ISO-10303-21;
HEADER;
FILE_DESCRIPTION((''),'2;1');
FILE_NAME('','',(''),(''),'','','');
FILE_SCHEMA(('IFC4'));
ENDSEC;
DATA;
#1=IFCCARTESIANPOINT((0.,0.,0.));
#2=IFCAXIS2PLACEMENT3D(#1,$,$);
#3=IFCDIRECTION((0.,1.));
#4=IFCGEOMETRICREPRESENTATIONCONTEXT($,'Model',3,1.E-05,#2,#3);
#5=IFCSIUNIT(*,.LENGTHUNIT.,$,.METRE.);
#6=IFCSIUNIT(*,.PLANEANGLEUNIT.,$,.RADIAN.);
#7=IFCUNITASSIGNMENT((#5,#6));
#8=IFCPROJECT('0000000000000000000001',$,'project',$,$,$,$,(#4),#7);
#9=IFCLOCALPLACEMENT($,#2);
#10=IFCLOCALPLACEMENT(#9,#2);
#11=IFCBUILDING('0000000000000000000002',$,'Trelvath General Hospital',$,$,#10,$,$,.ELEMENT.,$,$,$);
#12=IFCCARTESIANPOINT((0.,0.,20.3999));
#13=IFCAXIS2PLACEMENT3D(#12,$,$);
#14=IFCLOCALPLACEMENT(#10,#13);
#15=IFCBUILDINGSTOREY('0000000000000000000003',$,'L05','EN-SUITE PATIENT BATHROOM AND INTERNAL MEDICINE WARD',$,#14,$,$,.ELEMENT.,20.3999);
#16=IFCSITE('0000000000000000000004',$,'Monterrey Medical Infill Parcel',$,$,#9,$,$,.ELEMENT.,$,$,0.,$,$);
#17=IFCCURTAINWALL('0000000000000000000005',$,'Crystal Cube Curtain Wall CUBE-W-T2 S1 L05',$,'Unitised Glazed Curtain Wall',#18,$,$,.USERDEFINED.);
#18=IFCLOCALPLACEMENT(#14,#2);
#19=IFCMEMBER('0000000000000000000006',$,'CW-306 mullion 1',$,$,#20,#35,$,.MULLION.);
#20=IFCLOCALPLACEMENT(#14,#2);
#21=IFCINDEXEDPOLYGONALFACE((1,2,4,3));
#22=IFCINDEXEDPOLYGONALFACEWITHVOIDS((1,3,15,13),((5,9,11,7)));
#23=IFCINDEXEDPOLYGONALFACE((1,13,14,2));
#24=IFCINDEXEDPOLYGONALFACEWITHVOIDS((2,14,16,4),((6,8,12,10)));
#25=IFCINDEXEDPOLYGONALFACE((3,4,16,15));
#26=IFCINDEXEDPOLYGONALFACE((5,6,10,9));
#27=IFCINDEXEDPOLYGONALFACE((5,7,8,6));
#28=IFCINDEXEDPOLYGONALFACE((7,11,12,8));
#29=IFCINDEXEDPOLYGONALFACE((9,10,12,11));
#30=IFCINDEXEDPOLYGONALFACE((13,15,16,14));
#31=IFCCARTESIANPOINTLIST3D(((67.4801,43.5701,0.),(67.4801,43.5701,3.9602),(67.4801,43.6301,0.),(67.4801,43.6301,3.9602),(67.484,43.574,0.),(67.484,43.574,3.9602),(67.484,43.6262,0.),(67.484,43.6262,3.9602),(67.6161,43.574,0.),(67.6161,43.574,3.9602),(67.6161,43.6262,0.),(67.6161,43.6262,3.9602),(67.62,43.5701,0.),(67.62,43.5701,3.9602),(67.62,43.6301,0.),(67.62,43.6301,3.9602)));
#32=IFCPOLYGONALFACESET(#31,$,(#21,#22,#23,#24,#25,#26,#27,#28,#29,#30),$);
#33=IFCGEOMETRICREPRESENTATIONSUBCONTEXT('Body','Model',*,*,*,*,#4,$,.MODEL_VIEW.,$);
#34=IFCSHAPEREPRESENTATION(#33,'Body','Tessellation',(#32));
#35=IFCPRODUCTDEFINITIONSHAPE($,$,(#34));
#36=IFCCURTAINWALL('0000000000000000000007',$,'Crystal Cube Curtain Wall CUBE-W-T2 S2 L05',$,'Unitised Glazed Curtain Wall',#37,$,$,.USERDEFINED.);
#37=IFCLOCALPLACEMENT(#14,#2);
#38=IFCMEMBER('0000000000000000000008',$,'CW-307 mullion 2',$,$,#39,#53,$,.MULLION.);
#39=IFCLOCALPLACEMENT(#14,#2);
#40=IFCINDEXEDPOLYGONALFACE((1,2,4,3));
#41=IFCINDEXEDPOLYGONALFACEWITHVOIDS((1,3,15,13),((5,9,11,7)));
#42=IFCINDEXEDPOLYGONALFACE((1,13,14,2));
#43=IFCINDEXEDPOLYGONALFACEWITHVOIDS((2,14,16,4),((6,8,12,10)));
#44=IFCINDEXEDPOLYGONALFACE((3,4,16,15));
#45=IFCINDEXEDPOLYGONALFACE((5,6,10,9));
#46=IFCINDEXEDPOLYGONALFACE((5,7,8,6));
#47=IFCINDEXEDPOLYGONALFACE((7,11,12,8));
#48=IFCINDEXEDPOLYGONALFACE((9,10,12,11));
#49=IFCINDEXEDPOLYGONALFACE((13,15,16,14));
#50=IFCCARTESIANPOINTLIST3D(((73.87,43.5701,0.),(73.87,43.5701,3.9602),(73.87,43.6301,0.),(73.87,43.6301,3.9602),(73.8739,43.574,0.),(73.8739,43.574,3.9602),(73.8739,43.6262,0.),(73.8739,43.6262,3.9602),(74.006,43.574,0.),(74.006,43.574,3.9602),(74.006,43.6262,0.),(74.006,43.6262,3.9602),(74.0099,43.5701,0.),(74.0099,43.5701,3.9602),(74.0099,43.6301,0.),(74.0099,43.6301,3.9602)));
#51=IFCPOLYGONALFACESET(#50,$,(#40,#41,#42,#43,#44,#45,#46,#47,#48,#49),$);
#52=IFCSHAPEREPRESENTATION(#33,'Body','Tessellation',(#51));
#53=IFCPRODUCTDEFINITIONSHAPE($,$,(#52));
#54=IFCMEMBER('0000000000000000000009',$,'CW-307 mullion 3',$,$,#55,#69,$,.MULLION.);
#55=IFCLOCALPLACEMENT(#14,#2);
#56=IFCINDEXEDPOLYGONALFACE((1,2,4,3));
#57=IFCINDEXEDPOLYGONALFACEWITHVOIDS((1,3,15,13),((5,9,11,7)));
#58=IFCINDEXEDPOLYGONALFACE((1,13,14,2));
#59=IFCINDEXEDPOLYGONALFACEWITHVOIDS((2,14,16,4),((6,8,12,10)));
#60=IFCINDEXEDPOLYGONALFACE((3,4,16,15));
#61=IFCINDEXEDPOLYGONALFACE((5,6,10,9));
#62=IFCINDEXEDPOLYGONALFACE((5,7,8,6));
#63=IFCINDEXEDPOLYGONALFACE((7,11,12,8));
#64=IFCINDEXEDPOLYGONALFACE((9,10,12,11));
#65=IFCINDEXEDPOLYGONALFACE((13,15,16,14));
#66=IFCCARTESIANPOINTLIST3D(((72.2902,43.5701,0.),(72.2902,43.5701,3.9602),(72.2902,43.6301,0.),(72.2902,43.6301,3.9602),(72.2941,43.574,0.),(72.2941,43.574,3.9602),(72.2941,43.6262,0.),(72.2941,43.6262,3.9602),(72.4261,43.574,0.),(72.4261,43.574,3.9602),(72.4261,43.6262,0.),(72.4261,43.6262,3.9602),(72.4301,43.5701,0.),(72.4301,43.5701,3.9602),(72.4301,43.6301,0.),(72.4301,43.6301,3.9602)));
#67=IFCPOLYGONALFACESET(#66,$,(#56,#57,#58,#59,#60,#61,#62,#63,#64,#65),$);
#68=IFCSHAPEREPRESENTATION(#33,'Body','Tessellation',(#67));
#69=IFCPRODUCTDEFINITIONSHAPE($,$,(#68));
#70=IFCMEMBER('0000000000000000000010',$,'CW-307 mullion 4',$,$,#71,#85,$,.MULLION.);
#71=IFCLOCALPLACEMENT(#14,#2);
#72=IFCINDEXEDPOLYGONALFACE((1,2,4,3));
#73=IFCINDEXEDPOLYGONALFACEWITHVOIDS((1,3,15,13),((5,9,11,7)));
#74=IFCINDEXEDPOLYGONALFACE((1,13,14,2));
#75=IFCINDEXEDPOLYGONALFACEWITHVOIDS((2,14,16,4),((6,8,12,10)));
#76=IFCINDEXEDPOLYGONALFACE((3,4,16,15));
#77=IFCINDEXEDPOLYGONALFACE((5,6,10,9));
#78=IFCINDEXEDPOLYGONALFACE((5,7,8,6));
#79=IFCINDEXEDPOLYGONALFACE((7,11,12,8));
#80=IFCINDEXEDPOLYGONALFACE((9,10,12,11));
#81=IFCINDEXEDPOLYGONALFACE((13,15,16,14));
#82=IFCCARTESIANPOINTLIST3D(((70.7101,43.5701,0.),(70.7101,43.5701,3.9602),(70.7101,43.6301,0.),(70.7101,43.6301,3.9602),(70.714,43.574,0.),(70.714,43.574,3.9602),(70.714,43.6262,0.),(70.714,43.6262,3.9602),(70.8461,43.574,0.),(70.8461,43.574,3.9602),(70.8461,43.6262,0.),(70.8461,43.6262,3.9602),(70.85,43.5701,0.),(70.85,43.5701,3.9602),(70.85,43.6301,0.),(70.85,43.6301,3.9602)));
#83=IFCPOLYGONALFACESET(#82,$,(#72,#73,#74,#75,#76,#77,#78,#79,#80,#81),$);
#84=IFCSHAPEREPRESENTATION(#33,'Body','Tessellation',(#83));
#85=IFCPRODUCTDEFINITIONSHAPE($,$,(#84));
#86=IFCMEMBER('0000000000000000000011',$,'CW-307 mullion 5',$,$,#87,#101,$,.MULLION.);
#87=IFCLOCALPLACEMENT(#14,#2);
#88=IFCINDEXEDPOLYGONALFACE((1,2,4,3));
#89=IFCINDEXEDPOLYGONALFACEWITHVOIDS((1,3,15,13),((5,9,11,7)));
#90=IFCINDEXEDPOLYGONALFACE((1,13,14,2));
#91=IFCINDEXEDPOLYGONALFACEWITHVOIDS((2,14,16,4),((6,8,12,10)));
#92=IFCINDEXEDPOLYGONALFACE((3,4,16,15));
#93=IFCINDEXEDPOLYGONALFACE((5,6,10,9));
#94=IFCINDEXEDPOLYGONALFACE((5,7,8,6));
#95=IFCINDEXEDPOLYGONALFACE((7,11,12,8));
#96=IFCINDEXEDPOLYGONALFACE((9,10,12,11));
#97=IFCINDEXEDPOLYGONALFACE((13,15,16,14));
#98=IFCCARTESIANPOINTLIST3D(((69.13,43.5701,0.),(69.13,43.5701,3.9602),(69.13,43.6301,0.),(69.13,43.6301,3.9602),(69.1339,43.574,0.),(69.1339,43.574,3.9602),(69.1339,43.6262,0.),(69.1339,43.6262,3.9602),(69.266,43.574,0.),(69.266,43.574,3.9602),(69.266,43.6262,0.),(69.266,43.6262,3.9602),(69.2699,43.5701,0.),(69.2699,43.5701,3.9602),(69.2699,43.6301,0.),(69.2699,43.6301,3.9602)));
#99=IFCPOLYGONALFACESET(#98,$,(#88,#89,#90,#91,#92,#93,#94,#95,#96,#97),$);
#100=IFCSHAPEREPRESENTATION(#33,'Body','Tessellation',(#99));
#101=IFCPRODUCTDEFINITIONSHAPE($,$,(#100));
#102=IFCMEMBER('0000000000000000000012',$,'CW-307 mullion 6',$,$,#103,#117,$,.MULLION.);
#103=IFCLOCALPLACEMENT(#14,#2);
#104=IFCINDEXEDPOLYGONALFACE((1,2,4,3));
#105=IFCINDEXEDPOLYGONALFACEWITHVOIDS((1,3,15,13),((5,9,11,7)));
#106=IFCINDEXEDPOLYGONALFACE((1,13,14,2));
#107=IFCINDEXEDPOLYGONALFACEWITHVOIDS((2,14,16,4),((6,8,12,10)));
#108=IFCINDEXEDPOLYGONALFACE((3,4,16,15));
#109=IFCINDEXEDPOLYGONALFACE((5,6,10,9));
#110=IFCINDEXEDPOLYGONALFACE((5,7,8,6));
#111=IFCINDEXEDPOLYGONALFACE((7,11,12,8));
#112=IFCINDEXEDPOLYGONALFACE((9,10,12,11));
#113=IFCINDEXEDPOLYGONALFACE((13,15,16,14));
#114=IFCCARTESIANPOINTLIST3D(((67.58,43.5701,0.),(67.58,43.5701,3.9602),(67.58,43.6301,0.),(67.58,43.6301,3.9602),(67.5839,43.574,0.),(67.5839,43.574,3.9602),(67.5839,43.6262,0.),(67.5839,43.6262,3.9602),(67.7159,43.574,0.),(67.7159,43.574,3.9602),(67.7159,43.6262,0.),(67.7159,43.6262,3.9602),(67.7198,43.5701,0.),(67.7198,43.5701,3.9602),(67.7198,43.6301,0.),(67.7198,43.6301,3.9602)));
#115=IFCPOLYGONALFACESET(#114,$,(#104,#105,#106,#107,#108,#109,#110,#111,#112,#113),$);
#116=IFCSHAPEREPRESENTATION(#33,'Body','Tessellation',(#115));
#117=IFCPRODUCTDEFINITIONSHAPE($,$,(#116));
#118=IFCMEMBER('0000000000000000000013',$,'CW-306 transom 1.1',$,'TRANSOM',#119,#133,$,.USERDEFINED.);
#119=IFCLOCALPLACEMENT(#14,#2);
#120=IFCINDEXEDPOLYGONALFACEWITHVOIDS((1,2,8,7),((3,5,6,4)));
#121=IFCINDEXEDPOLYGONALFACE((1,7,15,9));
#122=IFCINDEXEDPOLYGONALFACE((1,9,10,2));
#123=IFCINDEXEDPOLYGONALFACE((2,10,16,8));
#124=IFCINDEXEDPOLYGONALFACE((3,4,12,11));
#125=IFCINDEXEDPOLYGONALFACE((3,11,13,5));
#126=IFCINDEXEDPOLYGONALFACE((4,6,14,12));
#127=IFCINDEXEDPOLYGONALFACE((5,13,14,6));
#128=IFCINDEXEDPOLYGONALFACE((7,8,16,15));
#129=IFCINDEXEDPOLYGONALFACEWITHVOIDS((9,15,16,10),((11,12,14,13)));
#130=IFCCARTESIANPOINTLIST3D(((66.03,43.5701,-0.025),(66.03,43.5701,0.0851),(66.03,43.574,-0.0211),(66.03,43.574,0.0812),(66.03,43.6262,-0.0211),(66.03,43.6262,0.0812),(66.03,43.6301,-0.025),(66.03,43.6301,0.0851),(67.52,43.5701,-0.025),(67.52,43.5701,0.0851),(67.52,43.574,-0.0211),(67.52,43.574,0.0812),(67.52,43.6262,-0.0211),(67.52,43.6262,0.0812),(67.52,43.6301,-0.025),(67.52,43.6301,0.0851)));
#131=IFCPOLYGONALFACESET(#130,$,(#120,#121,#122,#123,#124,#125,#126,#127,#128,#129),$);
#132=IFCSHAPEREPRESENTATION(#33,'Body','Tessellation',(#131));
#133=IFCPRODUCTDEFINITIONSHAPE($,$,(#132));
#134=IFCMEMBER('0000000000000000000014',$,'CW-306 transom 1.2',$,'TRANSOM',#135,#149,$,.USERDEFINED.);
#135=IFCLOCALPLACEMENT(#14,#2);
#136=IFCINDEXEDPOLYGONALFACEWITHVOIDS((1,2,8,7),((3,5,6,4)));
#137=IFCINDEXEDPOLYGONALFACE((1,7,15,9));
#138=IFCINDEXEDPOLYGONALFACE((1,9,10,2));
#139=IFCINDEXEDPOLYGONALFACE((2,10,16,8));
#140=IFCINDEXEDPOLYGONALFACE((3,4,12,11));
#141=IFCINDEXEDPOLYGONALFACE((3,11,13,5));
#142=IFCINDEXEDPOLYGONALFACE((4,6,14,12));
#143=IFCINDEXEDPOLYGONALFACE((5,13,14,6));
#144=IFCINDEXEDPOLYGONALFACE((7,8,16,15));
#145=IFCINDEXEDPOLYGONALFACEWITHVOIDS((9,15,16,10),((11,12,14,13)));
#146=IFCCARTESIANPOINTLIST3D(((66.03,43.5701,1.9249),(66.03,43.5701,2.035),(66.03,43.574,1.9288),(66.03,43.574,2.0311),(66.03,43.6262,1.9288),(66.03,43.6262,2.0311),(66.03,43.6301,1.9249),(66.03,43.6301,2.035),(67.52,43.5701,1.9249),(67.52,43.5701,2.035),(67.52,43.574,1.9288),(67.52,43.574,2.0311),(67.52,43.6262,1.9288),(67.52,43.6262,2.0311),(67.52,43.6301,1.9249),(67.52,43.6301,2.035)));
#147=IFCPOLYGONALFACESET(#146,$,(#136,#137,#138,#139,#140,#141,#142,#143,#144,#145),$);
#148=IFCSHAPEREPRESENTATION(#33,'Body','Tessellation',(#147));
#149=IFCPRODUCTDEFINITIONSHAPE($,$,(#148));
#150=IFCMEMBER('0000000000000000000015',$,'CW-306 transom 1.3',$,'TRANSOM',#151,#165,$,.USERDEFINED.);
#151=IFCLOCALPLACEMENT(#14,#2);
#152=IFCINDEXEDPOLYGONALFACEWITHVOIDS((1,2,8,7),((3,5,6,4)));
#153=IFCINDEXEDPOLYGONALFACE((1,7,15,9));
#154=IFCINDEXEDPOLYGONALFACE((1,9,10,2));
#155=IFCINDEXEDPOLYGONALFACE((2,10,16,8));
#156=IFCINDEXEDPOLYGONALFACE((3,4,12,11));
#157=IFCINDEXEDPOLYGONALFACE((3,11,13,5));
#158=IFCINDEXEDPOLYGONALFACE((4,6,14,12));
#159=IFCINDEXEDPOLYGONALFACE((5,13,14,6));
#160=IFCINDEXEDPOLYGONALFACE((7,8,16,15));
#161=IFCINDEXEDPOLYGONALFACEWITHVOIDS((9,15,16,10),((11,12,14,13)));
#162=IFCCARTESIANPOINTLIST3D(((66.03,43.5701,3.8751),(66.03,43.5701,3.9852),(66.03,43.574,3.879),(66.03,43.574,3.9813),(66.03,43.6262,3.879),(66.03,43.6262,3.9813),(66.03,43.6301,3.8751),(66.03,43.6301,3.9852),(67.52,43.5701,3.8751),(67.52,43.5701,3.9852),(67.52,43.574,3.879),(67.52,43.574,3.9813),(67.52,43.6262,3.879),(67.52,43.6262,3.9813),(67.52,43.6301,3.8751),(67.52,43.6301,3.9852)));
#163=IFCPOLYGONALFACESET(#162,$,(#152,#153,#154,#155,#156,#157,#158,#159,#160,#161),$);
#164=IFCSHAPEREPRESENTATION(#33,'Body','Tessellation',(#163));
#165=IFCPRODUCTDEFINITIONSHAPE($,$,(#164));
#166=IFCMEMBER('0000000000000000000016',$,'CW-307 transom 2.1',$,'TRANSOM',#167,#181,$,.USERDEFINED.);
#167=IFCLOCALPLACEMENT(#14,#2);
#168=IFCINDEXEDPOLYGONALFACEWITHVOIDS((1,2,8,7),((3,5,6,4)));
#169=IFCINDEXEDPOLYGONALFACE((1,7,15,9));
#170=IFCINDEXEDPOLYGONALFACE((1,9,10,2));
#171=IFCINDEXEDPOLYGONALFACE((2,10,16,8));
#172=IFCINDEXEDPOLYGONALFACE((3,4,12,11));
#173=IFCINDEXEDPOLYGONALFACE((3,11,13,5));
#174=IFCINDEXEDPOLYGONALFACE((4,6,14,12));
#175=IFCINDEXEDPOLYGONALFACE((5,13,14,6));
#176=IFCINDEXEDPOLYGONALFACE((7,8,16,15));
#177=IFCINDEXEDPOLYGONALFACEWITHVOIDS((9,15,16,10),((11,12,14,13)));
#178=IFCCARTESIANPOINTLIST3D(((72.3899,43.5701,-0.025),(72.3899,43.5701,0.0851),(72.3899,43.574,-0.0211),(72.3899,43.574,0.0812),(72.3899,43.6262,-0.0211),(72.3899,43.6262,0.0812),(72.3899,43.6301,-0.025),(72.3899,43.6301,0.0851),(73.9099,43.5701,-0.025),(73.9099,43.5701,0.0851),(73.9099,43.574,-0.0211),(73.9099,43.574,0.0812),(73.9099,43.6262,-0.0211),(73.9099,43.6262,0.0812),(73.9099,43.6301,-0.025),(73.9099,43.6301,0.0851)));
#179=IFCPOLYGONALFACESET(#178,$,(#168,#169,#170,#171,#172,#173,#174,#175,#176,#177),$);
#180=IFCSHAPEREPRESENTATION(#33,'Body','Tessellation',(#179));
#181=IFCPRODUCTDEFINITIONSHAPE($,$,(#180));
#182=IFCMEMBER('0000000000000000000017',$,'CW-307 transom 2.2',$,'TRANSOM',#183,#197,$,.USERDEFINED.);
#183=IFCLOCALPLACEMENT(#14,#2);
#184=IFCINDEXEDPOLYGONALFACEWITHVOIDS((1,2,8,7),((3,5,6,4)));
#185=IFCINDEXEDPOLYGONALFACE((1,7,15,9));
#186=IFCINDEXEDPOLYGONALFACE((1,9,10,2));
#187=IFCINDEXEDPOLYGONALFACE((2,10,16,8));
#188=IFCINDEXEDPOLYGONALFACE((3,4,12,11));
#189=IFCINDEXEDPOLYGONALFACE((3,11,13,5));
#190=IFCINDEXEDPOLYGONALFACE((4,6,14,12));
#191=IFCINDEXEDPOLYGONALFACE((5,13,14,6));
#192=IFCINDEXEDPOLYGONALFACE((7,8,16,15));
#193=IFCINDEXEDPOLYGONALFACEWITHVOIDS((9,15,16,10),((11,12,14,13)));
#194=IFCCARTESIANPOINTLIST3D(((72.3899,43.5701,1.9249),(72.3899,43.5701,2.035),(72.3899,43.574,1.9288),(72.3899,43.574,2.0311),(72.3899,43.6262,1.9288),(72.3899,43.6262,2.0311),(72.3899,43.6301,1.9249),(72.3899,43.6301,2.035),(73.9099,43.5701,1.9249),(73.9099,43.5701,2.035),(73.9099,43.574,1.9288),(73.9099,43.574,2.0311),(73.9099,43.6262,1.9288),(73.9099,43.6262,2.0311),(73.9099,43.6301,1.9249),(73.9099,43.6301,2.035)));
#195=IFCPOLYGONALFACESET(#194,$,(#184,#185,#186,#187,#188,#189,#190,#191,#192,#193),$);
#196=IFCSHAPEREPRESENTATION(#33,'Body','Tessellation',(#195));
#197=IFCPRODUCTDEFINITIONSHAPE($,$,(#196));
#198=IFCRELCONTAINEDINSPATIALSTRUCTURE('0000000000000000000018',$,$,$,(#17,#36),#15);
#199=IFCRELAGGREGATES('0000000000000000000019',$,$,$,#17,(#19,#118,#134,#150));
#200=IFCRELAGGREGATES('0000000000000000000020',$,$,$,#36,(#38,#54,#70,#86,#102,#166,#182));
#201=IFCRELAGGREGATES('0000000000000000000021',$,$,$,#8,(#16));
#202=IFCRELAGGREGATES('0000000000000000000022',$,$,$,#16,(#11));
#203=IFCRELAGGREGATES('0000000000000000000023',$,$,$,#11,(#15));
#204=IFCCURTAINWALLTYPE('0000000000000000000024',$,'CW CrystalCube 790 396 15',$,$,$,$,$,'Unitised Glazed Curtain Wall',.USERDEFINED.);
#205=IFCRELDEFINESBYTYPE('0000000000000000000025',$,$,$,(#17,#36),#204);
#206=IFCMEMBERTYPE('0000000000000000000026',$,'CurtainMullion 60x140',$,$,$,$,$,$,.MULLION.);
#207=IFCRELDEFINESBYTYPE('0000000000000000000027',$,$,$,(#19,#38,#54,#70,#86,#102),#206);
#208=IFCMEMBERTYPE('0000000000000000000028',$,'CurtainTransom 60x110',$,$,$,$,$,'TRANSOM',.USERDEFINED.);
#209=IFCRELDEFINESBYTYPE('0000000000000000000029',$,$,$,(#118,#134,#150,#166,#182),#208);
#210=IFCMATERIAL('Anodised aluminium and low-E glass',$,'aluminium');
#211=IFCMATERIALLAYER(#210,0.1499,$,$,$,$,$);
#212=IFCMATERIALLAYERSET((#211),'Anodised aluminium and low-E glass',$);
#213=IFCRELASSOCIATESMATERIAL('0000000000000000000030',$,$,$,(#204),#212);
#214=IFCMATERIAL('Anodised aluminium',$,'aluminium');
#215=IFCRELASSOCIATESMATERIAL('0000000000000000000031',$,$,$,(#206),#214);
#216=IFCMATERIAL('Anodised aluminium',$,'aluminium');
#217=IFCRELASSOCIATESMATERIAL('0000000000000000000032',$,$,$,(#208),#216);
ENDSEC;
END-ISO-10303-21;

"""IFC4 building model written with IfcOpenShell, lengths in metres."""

from ifc_helpers import new_model, si_unit, direction, frame, origin, origin_2d, place, context, subcontext, project, spatial, hollow_rectangle, extrude, material, layer, layer_set, material_profile, profile_set, type_object, element, aggregate, save


model = new_model("IFC4")

# Units and contexts
model_context = context("Model", 3, precision=1e-05, world=origin(), true_north=direction((0.0, 1.0)))
body_context = subcontext(model_context, "Body", "Model", "MODEL_VIEW")
ifc_project = project(units=[si_unit("LENGTHUNIT", "METRE"), si_unit("PLANEANGLEUNIT", "RADIAN")], contexts=[model_context])

# Site, building, storey
site_placement = place(None, origin())
site = spatial("IfcSite", under=ifc_project, at=site_placement, Name="Monterrey Medical Infill Parcel", CompositionType="ELEMENT", RefElevation=0.0)
building_placement = place(site_placement, origin())
building = spatial("IfcBuilding", under=site, at=building_placement, Name="Trelvath General Hospital", CompositionType="ELEMENT")
storey_placement = place(building_placement, frame((0.0, 0.0, 20.3999)))
storey = spatial("IfcBuildingStorey", under=building, at=storey_placement, Name="L05", Description="EN-SUITE PATIENT BATHROOM AND INTERNAL MEDICINE WARD", CompositionType="ELEMENT", Elevation=20.3999)

# Curtain wall, member
ifc_material_1 = material(Name="Anodised aluminium and low-E glass", Category="aluminium")
ifc_layer_1 = layer(ifc_material_1, 0.1499)
ifc_layer_set_1 = layer_set([ifc_layer_1], Name="Anodised aluminium and low-E glass")
curtain_wall_type = type_object("IfcCurtainWallType", Name="CW CrystalCube 790 396 15", ElementType="Unitised Glazed Curtain Wall", PredefinedType="USERDEFINED", material=ifc_layer_set_1)
curtain_wall_1_placement = place(storey_placement, origin())
curtain_wall_1 = element("IfcCurtainWall", 1, at=curtain_wall_1_placement, inside=storey, type_object=curtain_wall_type, Name="Crystal Cube Curtain Wall CUBE-W-T2 S1 L05", ObjectType="Unitised Glazed Curtain Wall", PredefinedType="USERDEFINED")
ifc_material_2 = material(Name="Anodised aluminium", Category="aluminium")
ifc_material_profile_1 = material_profile(ifc_material_2, hollow_rectangle(XDim=0.0601, YDim=0.1399, WallThickness=0.0039, at=origin_2d()), Name="RHS60x140x4")
ifc_profile_set_1 = profile_set([ifc_material_profile_1], Name="Anodised aluminium")
member_type_1 = type_object("IfcMemberType", Name="CurtainMullion 60x140", PredefinedType="MULLION", material=ifc_profile_set_1)
member_1_placement = place(storey_placement, frame((67.55, 43.6001, 0.0), z_axis=(0.0, 0.0, 1.0), x_axis=(0.0, -1.0, 0.0)))
member_1 = element("IfcMember", 2, at=member_1_placement, type_object=member_type_1, Name="CW-306 mullion 1", PredefinedType="MULLION", context=body_context, shape_type="SweptSolid", body=[
    extrude(hollow_rectangle(XDim=0.0601, YDim=0.1399, WallThickness=0.0039, at=origin_2d()), origin(), (0.0, 0.0, 1.0), 3.9602),
])

# Curtain wall, members
curtain_wall_2_placement = place(storey_placement, origin())
curtain_wall_2 = element("IfcCurtainWall", 3, at=curtain_wall_2_placement, inside=storey, type_object=curtain_wall_type, Name="Crystal Cube Curtain Wall CUBE-W-T2 S2 L05", ObjectType="Unitised Glazed Curtain Wall", PredefinedType="USERDEFINED")
member_2_placement = place(storey_placement, frame((73.9399, 43.6001, 0.0), z_axis=(0.0, 0.0, 1.0), x_axis=(0.0, -1.0, 0.0)))
member_2 = element("IfcMember", 4, at=member_2_placement, type_object=member_type_1, Name="CW-307 mullion 2", PredefinedType="MULLION", context=body_context, shape_type="SweptSolid", body=[
    extrude(hollow_rectangle(XDim=0.0601, YDim=0.1399, WallThickness=0.0039, at=origin_2d()), origin(), (0.0, 0.0, 1.0), 3.9602),
])
member_3_placement = place(storey_placement, frame((72.3601, 43.6001, 0.0), z_axis=(0.0, 0.0, 1.0), x_axis=(0.0, -1.0, 0.0)))
member_3 = element("IfcMember", 5, at=member_3_placement, type_object=member_type_1, Name="CW-307 mullion 3", PredefinedType="MULLION", context=body_context, shape_type="SweptSolid", body=[
    extrude(hollow_rectangle(XDim=0.0601, YDim=0.1399, WallThickness=0.0039, at=origin_2d()), origin(), (0.0, 0.0, 1.0), 3.9602),
])
member_4_placement = place(storey_placement, frame((70.78, 43.6001, 0.0), z_axis=(0.0, 0.0, 1.0), x_axis=(0.0, -1.0, 0.0)))
member_4 = element("IfcMember", 6, at=member_4_placement, type_object=member_type_1, Name="CW-307 mullion 4", PredefinedType="MULLION", context=body_context, shape_type="SweptSolid", body=[
    extrude(hollow_rectangle(XDim=0.0601, YDim=0.1399, WallThickness=0.0039, at=origin_2d()), origin(), (0.0, 0.0, 1.0), 3.9602),
])
member_5_placement = place(storey_placement, frame((69.2, 43.6001, 0.0), z_axis=(0.0, 0.0, 1.0), x_axis=(0.0, -1.0, 0.0)))
member_5 = element("IfcMember", 7, at=member_5_placement, type_object=member_type_1, Name="CW-307 mullion 5", PredefinedType="MULLION", context=body_context, shape_type="SweptSolid", body=[
    extrude(hollow_rectangle(XDim=0.0601, YDim=0.1399, WallThickness=0.0039, at=origin_2d()), origin(), (0.0, 0.0, 1.0), 3.9602),
])
member_6_placement = place(storey_placement, frame((67.6499, 43.6001, 0.0), z_axis=(0.0, 0.0, 1.0), x_axis=(0.0, -1.0, 0.0)))
member_6 = element("IfcMember", 8, at=member_6_placement, type_object=member_type_1, Name="CW-307 mullion 6", PredefinedType="MULLION", context=body_context, shape_type="SweptSolid", body=[
    extrude(hollow_rectangle(XDim=0.0601, YDim=0.1399, WallThickness=0.0039, at=origin_2d()), origin(), (0.0, 0.0, 1.0), 3.9602),
])

# Members
ifc_material_3 = material(Name="Anodised aluminium", Category="aluminium")
ifc_material_profile_2 = material_profile(ifc_material_3, hollow_rectangle(XDim=0.0601, YDim=0.1101, WallThickness=0.0039, at=origin_2d()), Name="RHS60x110x4")
ifc_profile_set_2 = profile_set([ifc_material_profile_2], Name="Anodised aluminium")
member_type_2 = type_object("IfcMemberType", Name="CurtainTransom 60x110", ElementType="TRANSOM", PredefinedType="USERDEFINED", material=ifc_profile_set_2)
member_7_placement = place(storey_placement, frame((67.52, 43.6001, 0.03), z_axis=(-1.0, 0.0, 0.0), x_axis=(0.0, -1.0, 0.0)))
member_7 = element("IfcMember", 9, at=member_7_placement, type_object=member_type_2, Name="CW-306 transom 1.1", ObjectType="TRANSOM", PredefinedType="USERDEFINED", context=body_context, shape_type="SweptSolid", body=[
    extrude(hollow_rectangle(XDim=0.0601, YDim=0.1101, WallThickness=0.0039, at=origin_2d()), origin(), (0.0, 0.0, 1.0), 1.49),
])
member_8_placement = place(storey_placement, frame((67.52, 43.6001, 1.98), z_axis=(-1.0, 0.0, 0.0), x_axis=(0.0, -1.0, 0.0)))
member_8 = element("IfcMember", 10, at=member_8_placement, type_object=member_type_2, Name="CW-306 transom 1.2", ObjectType="TRANSOM", PredefinedType="USERDEFINED", context=body_context, shape_type="SweptSolid", body=[
    extrude(hollow_rectangle(XDim=0.0601, YDim=0.1101, WallThickness=0.0039, at=origin_2d()), origin(), (0.0, 0.0, 1.0), 1.49),
])
member_9_placement = place(storey_placement, frame((67.52, 43.6001, 3.9302), z_axis=(-1.0, 0.0, 0.0), x_axis=(0.0, -1.0, 0.0)))
member_9 = element("IfcMember", 11, at=member_9_placement, type_object=member_type_2, Name="CW-306 transom 1.3", ObjectType="TRANSOM", PredefinedType="USERDEFINED", context=body_context, shape_type="SweptSolid", body=[
    extrude(hollow_rectangle(XDim=0.0601, YDim=0.1101, WallThickness=0.0039, at=origin_2d()), origin(), (0.0, 0.0, 1.0), 1.49),
])
aggregate(curtain_wall_1, [member_1, member_7, member_8, member_9])
member_10_placement = place(storey_placement, frame((73.9099, 43.6001, 0.03), z_axis=(-1.0, 0.0, 0.0), x_axis=(0.0, -1.0, 0.0)))
member_10 = element("IfcMember", 12, at=member_10_placement, type_object=member_type_2, Name="CW-307 transom 2.1", ObjectType="TRANSOM", PredefinedType="USERDEFINED", context=body_context, shape_type="SweptSolid", body=[
    extrude(hollow_rectangle(XDim=0.0601, YDim=0.1101, WallThickness=0.0039, at=origin_2d()), origin(), (0.0, 0.0, 1.0), 1.52),
])
member_11_placement = place(storey_placement, frame((73.9099, 43.6001, 1.98), z_axis=(-1.0, 0.0, 0.0), x_axis=(0.0, -1.0, 0.0)))
member_11 = element("IfcMember", 13, at=member_11_placement, type_object=member_type_2, Name="CW-307 transom 2.2", ObjectType="TRANSOM", PredefinedType="USERDEFINED", context=body_context, shape_type="SweptSolid", body=[
    extrude(hollow_rectangle(XDim=0.0601, YDim=0.1101, WallThickness=0.0039, at=origin_2d()), origin(), (0.0, 0.0, 1.0), 1.52),
])

aggregate(curtain_wall_2, [member_2, member_3, member_4, member_5, member_6, member_10, member_11])

save(model, "model.ifc")
